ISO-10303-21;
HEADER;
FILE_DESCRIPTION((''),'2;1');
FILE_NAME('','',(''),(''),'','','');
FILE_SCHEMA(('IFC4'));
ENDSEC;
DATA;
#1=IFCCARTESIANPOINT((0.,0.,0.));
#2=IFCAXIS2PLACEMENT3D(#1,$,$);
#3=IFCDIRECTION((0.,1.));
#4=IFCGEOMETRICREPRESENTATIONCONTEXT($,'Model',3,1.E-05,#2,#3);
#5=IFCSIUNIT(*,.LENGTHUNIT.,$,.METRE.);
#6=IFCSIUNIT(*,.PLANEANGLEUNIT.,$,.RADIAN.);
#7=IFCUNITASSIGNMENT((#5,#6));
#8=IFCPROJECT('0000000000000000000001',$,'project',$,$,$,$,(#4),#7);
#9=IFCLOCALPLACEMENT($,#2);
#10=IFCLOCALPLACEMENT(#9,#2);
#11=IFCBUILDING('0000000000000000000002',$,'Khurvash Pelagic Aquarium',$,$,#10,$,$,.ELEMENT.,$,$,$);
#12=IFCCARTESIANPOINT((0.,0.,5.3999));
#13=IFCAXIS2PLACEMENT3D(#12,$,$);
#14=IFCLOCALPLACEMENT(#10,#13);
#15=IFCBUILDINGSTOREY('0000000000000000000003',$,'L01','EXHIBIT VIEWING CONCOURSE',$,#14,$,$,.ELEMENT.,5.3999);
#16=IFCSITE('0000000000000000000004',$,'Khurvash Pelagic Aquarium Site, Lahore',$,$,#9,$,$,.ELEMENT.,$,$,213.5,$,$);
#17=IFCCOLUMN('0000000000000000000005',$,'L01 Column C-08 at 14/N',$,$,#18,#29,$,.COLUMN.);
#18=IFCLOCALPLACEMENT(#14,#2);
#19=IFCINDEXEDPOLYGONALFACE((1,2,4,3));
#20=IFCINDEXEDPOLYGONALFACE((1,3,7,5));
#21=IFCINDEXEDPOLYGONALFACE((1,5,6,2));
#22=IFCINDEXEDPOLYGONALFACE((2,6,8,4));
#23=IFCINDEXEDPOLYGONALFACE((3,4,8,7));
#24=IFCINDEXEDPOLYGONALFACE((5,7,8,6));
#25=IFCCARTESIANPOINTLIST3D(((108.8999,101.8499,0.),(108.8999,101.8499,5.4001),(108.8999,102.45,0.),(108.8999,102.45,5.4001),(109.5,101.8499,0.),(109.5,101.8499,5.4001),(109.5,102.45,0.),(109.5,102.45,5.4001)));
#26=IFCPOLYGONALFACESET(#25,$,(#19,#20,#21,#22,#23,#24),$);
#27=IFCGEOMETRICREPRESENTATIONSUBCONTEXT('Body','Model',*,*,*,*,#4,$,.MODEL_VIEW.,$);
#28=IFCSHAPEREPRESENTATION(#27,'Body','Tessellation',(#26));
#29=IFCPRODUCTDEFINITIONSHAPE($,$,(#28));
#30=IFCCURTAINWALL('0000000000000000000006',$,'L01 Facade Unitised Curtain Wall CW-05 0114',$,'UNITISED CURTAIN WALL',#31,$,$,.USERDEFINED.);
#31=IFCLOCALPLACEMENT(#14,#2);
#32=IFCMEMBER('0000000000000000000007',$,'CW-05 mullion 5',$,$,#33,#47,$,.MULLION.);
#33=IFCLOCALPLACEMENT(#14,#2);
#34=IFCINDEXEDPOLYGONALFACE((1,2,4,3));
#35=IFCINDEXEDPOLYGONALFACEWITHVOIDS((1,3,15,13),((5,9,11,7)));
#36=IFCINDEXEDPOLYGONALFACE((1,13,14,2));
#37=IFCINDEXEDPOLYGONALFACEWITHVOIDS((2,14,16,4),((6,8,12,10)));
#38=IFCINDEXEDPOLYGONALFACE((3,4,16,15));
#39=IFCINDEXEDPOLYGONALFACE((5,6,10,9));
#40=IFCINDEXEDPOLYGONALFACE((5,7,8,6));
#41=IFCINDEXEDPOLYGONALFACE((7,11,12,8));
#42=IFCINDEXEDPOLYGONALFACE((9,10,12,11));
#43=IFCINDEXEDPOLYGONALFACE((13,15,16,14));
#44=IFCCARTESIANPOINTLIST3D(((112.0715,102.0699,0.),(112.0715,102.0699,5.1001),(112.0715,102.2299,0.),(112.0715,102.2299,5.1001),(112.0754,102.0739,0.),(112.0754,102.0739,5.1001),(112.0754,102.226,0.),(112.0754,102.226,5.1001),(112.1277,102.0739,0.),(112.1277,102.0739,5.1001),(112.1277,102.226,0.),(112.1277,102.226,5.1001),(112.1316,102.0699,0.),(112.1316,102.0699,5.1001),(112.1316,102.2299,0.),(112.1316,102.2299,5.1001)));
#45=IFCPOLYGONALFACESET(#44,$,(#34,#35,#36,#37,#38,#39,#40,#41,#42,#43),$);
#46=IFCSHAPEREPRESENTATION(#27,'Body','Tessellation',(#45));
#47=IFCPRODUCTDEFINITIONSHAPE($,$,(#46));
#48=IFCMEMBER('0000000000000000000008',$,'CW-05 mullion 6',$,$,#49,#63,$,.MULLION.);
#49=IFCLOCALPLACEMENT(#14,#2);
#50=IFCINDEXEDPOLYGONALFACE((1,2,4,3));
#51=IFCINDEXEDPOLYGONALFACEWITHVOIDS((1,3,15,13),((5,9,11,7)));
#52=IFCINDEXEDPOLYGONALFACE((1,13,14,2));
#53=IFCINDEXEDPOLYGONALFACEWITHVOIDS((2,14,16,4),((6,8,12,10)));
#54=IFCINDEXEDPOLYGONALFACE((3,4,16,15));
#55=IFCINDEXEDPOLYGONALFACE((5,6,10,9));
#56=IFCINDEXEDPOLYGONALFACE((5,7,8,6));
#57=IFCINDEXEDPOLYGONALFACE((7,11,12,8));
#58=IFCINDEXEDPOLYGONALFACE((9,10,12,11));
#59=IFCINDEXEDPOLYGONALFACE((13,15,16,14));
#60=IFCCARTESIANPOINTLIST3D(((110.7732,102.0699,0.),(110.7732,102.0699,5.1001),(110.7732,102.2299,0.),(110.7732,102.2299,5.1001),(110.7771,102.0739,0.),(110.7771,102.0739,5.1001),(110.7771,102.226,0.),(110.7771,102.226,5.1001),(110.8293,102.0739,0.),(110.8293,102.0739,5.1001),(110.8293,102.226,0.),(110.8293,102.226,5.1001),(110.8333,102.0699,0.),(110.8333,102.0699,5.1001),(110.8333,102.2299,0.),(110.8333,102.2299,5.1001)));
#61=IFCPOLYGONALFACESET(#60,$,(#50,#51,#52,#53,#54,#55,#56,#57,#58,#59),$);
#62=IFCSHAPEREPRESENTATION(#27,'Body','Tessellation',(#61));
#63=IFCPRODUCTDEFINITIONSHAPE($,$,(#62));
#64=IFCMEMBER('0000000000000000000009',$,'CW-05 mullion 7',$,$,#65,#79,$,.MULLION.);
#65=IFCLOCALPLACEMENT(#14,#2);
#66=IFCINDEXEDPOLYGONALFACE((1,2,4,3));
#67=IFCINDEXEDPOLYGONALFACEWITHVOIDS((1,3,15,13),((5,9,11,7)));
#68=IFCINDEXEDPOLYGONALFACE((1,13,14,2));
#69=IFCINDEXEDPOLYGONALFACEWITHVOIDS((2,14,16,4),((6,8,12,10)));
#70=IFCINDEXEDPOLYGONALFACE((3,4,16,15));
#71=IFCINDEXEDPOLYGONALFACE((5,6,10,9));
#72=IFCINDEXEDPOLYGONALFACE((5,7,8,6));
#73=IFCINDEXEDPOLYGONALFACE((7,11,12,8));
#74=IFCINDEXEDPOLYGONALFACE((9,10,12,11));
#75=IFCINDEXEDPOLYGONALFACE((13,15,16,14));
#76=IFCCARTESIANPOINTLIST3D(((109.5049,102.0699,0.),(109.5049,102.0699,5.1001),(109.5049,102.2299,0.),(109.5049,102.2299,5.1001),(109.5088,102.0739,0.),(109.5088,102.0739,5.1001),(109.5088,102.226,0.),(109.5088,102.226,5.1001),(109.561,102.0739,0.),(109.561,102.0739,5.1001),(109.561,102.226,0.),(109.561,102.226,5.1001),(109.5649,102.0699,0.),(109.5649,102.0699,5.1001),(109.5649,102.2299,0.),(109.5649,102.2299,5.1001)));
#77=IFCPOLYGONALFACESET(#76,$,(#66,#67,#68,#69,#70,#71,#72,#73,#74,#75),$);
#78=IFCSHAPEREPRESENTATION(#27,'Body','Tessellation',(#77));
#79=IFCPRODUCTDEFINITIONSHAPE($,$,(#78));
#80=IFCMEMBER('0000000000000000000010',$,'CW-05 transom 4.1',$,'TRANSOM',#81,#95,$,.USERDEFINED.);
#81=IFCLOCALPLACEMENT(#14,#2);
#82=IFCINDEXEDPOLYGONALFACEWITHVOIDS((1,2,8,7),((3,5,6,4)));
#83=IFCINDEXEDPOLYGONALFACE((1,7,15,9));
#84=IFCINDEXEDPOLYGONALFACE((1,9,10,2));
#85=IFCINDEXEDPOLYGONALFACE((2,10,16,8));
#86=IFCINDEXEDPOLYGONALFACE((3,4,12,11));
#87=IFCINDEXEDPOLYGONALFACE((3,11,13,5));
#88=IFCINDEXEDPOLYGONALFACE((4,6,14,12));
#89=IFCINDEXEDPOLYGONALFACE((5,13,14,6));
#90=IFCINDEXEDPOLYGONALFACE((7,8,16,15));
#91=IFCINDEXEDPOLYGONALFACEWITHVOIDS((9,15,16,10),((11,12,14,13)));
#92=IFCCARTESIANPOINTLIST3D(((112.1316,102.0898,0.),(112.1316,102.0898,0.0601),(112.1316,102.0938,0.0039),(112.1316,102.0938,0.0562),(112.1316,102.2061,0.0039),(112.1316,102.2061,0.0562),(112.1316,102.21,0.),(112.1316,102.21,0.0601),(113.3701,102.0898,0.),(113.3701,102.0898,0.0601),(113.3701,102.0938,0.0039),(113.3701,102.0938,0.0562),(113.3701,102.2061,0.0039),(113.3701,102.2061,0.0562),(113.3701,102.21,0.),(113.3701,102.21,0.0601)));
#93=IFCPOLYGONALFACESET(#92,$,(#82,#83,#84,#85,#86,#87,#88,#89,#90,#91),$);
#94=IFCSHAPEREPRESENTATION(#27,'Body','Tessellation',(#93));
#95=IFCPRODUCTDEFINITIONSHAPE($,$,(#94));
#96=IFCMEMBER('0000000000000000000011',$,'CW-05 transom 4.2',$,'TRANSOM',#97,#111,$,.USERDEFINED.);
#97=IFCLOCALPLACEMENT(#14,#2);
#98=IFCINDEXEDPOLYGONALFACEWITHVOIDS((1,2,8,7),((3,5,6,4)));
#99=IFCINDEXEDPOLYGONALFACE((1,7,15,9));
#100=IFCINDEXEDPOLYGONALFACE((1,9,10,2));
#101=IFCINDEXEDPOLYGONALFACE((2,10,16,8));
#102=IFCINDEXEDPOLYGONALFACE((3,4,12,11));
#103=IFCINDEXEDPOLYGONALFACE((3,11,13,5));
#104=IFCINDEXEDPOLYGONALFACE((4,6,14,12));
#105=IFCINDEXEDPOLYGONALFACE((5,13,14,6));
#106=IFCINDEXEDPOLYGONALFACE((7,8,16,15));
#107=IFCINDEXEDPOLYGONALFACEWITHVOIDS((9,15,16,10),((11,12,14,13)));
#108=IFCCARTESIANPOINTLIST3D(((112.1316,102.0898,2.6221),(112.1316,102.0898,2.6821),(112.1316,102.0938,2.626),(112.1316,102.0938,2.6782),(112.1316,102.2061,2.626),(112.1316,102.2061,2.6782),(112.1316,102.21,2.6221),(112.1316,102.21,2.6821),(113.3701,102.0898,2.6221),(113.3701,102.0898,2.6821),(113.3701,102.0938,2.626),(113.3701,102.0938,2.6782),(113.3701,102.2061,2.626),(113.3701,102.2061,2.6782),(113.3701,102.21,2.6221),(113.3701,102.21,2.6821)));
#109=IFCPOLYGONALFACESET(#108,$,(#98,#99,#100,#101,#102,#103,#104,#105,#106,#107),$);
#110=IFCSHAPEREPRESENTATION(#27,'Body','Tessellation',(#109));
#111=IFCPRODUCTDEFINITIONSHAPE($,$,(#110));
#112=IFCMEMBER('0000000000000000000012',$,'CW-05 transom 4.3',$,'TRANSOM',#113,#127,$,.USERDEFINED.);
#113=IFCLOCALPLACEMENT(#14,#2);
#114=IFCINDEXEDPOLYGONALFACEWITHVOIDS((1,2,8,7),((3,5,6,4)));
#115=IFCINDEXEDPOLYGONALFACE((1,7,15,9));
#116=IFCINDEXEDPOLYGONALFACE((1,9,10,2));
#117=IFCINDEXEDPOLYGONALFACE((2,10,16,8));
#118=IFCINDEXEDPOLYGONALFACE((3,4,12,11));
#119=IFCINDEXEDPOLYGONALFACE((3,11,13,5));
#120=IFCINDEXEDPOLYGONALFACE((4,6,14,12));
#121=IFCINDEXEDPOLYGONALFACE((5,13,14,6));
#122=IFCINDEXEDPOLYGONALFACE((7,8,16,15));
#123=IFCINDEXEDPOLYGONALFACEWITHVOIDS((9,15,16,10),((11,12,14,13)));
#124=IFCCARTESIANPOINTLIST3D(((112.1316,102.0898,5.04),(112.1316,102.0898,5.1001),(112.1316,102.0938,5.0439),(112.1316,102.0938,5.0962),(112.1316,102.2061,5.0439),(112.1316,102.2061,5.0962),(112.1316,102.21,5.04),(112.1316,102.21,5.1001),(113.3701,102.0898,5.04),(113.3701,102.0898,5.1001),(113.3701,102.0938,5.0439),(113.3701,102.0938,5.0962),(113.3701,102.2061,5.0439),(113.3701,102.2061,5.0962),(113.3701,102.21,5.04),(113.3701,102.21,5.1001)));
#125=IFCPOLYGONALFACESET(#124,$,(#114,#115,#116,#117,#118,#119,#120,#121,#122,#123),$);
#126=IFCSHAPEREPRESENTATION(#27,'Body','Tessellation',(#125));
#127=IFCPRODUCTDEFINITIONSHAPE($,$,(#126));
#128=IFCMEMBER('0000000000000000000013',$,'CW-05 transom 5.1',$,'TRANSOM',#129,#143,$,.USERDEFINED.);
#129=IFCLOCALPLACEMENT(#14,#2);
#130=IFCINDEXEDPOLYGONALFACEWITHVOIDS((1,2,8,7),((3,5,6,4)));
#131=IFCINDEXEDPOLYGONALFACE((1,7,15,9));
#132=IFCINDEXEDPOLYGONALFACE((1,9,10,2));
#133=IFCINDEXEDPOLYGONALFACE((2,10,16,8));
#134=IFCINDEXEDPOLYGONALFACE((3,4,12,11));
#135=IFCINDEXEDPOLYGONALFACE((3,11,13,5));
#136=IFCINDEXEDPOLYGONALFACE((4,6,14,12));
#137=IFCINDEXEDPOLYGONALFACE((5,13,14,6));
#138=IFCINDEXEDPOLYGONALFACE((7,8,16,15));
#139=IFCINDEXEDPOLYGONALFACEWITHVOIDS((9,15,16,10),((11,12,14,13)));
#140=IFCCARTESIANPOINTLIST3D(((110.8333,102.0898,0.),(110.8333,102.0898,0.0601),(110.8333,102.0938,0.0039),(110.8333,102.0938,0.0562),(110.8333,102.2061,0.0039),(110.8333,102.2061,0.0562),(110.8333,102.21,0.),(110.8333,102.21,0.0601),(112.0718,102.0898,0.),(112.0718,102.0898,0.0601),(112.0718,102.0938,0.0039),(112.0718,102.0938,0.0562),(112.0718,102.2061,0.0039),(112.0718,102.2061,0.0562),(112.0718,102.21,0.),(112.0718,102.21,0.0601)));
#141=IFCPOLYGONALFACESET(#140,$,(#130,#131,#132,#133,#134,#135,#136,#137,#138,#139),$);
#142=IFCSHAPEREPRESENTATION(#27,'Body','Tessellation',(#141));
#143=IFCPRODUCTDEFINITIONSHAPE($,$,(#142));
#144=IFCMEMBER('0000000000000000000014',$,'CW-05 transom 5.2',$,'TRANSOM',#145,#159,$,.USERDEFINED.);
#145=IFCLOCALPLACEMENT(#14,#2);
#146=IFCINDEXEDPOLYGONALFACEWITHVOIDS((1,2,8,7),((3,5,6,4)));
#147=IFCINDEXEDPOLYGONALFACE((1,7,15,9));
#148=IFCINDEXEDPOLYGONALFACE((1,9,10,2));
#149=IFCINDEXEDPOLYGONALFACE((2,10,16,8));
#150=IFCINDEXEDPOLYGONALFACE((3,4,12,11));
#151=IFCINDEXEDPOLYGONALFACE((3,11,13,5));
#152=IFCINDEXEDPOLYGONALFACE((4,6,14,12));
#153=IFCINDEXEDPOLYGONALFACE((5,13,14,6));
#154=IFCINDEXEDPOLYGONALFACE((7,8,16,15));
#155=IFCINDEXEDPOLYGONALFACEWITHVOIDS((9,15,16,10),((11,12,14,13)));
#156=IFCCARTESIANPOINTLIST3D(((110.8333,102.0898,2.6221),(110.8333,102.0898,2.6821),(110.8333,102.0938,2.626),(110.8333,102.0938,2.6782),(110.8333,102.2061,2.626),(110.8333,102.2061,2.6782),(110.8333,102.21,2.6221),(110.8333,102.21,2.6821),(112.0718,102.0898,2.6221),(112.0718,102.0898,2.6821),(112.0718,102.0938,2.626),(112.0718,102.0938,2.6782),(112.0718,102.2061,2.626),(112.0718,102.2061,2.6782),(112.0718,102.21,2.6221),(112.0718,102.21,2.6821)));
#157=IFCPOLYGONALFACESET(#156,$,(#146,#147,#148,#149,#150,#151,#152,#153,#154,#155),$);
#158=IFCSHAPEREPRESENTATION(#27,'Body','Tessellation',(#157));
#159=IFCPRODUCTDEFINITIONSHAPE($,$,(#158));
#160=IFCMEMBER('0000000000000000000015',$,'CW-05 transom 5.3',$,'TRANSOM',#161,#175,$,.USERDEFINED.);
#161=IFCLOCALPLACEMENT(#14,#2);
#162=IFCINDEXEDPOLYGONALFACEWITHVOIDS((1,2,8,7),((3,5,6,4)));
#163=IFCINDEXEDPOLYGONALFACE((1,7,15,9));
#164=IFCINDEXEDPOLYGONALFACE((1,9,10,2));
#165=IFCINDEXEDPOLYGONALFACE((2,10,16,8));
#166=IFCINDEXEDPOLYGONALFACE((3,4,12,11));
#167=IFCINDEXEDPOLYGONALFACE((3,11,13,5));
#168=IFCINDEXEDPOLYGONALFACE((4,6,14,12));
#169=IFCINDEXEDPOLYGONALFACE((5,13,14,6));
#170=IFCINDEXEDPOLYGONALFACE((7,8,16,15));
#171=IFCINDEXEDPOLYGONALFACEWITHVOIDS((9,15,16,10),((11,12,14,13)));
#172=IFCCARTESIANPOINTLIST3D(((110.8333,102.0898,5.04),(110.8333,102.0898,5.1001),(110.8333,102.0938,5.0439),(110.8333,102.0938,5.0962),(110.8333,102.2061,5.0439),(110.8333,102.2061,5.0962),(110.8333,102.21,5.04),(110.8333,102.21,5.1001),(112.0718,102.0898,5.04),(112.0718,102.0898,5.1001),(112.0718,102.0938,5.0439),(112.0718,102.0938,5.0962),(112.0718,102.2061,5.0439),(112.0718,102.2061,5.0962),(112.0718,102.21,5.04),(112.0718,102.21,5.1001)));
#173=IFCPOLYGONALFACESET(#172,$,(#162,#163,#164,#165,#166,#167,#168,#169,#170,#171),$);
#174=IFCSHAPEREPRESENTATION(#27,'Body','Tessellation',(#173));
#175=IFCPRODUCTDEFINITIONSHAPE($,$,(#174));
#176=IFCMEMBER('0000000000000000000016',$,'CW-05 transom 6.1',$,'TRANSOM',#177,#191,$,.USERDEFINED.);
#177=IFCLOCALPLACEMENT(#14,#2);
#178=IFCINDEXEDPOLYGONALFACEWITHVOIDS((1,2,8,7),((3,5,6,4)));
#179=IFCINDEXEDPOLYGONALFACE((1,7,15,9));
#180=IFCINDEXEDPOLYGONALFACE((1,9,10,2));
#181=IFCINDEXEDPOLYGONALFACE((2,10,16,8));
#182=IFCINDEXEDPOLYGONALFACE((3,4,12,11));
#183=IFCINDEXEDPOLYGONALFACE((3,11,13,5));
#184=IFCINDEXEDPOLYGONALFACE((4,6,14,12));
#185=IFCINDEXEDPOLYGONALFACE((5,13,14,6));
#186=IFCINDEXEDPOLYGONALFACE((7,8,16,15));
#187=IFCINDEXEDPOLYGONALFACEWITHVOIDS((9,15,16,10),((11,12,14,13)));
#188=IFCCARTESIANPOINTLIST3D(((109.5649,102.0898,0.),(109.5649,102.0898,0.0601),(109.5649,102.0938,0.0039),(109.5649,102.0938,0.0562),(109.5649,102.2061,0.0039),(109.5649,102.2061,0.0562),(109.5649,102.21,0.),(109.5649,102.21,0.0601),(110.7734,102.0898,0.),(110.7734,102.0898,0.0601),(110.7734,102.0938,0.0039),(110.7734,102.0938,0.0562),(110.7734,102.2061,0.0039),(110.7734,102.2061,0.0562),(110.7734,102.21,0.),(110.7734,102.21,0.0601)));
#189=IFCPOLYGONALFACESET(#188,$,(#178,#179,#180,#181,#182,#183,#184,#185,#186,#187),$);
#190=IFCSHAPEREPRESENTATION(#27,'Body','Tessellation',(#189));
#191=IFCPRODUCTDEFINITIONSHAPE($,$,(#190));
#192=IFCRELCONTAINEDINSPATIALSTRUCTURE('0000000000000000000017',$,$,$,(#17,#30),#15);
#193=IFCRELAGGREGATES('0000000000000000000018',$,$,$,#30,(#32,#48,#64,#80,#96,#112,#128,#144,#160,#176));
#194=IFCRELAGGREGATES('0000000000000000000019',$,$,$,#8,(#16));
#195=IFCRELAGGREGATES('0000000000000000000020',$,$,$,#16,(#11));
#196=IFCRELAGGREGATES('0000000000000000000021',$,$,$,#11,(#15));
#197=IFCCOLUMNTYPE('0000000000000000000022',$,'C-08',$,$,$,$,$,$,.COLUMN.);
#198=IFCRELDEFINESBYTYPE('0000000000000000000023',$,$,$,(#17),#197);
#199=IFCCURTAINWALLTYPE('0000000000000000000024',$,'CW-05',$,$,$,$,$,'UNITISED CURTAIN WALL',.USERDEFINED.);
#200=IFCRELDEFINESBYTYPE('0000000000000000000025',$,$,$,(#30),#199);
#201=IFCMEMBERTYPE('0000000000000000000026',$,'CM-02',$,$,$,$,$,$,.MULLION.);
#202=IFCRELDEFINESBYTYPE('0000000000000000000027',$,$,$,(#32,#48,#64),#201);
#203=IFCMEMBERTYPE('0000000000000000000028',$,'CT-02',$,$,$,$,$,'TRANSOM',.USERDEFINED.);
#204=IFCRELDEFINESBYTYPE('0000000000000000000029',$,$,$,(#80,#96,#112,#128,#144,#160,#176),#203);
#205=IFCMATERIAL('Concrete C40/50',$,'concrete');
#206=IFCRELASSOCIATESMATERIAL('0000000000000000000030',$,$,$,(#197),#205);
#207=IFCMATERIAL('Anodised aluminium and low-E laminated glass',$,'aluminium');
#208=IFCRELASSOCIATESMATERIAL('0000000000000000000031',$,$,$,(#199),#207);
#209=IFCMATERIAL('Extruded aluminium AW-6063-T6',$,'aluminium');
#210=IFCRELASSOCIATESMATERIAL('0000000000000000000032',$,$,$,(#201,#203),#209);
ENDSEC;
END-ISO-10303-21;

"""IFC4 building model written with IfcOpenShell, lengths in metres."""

from ifc_helpers import new_model, si_unit, direction, frame, origin, origin_2d, place, context, subcontext, project, spatial, rectangle, hollow_rectangle, extrude, material, material_profile, profile_set, type_object, element, aggregate, save


model = new_model("IFC4")

# Units and contexts
model_context = context("Model", 3, precision=1e-05, world=origin(), true_north=direction((0.0, 1.0)))
body_context = subcontext(model_context, "Body", "Model", "MODEL_VIEW")
ifc_project = project(units=[si_unit("LENGTHUNIT", "METRE"), si_unit("PLANEANGLEUNIT", "RADIAN")], contexts=[model_context])

# Site, building, storey
site_placement = place(None, origin())
site = spatial("IfcSite", under=ifc_project, at=site_placement, Name="Khurvash Pelagic Aquarium Site, Lahore", CompositionType="ELEMENT", RefElevation=213.5)
building_placement = place(site_placement, origin())
building = spatial("IfcBuilding", under=site, at=building_placement, Name="Khurvash Pelagic Aquarium", CompositionType="ELEMENT")
storey_placement = place(building_placement, frame((0.0, 0.0, 5.3999)))
storey = spatial("IfcBuildingStorey", under=building, at=storey_placement, Name="L01", Description="EXHIBIT VIEWING CONCOURSE", CompositionType="ELEMENT", Elevation=5.3999)

# Column
ifc_material_1 = material(Name="Concrete C40/50", Category="concrete")
ifc_material_profile_1 = material_profile(ifc_material_1, rectangle(XDim=0.6001, YDim=0.6001, at=origin_2d()), Name="RC600X600")
ifc_profile_set_1 = profile_set([ifc_material_profile_1], Name="Concrete C40/50")
column_type = type_object("IfcColumnType", Name="C-08", PredefinedType="COLUMN", material=ifc_profile_set_1)
column_placement = place(storey_placement, frame((109.2, 102.1499, 0.0), z_axis=(0.0, 0.0, 1.0), x_axis=(1.0, 0.0, 0.0)))
element("IfcColumn", 1, at=column_placement, inside=storey, type_object=column_type, Name="L01 Column C-08 at 14/N", PredefinedType="COLUMN", context=body_context, shape_type="SweptSolid", body=[
    extrude(rectangle(XDim=0.6001, YDim=0.6001, at=origin_2d()), origin(), (0.0, 0.0, 1.0), 5.4001),
])

# Curtain wall, members
ifc_material_2 = material(Name="Anodised aluminium and low-E laminated glass", Category="aluminium")
curtain_wall_type = type_object("IfcCurtainWallType", Name="CW-05", ElementType="UNITISED CURTAIN WALL", PredefinedType="USERDEFINED", material=ifc_material_2)
curtain_wall_placement = place(storey_placement, origin())
curtain_wall = element("IfcCurtainWall", 2, at=curtain_wall_placement, inside=storey, type_object=curtain_wall_type, Name="L01 Facade Unitised Curtain Wall CW-05 0114", ObjectType="UNITISED CURTAIN WALL", PredefinedType="USERDEFINED")
ifc_material_3 = material(Name="Extruded aluminium AW-6063-T6", Category="aluminium")
ifc_material_profile_2 = material_profile(ifc_material_3, hollow_rectangle(XDim=0.0601, YDim=0.1599, WallThickness=0.0039, at=origin_2d()), Name="CWM60X160X4")
ifc_profile_set_2 = profile_set([ifc_material_profile_2], Name="Extruded aluminium AW-6063-T6")
member_type_1 = type_object("IfcMemberType", Name="CM-02", PredefinedType="MULLION", material=ifc_profile_set_2)
member_1_placement = place(storey_placement, frame((112.1016, 102.1499, 0.0), z_axis=(0.0, 0.0, 1.0), x_axis=(-1.0, 0.0, 0.0)))
member_1 = element("IfcMember", 3, at=member_1_placement, type_object=member_type_1, Name="CW-05 mullion 5", PredefinedType="MULLION", context=body_context, shape_type="SweptSolid", body=[
    extrude(hollow_rectangle(XDim=0.0601, YDim=0.1599, WallThickness=0.0039, at=origin_2d()), origin(), (0.0, 0.0, 1.0), 5.1001),
])
member_2_placement = place(storey_placement, frame((110.8032, 102.1499, 0.0), z_axis=(0.0, 0.0, 1.0), x_axis=(-1.0, 0.0, 0.0)))
member_2 = element("IfcMember", 4, at=member_2_placement, type_object=member_type_1, Name="CW-05 mullion 6", PredefinedType="MULLION", context=body_context, shape_type="SweptSolid", body=[
    extrude(hollow_rectangle(XDim=0.0601, YDim=0.1599, WallThickness=0.0039, at=origin_2d()), origin(), (0.0, 0.0, 1.0), 5.1001),
])
member_3_placement = place(storey_placement, frame((109.5349, 102.1499, 0.0), z_axis=(0.0, 0.0, 1.0), x_axis=(-1.0, 0.0, 0.0)))
member_3 = element("IfcMember", 5, at=member_3_placement, type_object=member_type_1, Name="CW-05 mullion 7", PredefinedType="MULLION", context=body_context, shape_type="SweptSolid", body=[
    extrude(hollow_rectangle(XDim=0.0601, YDim=0.1599, WallThickness=0.0039, at=origin_2d()), origin(), (0.0, 0.0, 1.0), 5.1001),
])
ifc_material_profile_3 = material_profile(ifc_material_3, hollow_rectangle(XDim=0.1201, YDim=0.0601, WallThickness=0.0039, at=origin_2d()), Name="CWT120X60X4")
ifc_profile_set_3 = profile_set([ifc_material_profile_3], Name="Extruded aluminium AW-6063-T6")
member_type_2 = type_object("IfcMemberType", Name="CT-02", ElementType="TRANSOM", PredefinedType="USERDEFINED", material=ifc_profile_set_3)
member_4_placement = place(storey_placement, frame((113.3701, 102.1499, 0.03), z_axis=(-1.0, 0.0, 0.0), x_axis=(0.0, -1.0, 0.0)))
member_4 = element("IfcMember", 6, at=member_4_placement, type_object=member_type_2, Name="CW-05 transom 4.1", ObjectType="TRANSOM", PredefinedType="USERDEFINED", context=body_context, shape_type="SweptSolid", body=[
    extrude(hollow_rectangle(XDim=0.1201, YDim=0.0601, WallThickness=0.0039, at=origin_2d()), origin(), (0.0, 0.0, 1.0), 1.2385),
])
member_5_placement = place(storey_placement, frame((113.3701, 102.1499, 2.6521), z_axis=(-1.0, 0.0, 0.0), x_axis=(0.0, -1.0, 0.0)))
member_5 = element("IfcMember", 7, at=member_5_placement, type_object=member_type_2, Name="CW-05 transom 4.2", ObjectType="TRANSOM", PredefinedType="USERDEFINED", context=body_context, shape_type="SweptSolid", body=[
    extrude(hollow_rectangle(XDim=0.1201, YDim=0.0601, WallThickness=0.0039, at=origin_2d()), origin(), (0.0, 0.0, 1.0), 1.2385),
])
member_6_placement = place(storey_placement, frame((113.3701, 102.1499, 5.0701), z_axis=(-1.0, 0.0, 0.0), x_axis=(0.0, -1.0, 0.0)))
member_6 = element("IfcMember", 8, at=member_6_placement, type_object=member_type_2, Name="CW-05 transom 4.3", ObjectType="TRANSOM", PredefinedType="USERDEFINED", context=body_context, shape_type="SweptSolid", body=[
    extrude(hollow_rectangle(XDim=0.1201, YDim=0.0601, WallThickness=0.0039, at=origin_2d()), origin(), (0.0, 0.0, 1.0), 1.2385),
])
member_7_placement = place(storey_placement, frame((112.0718, 102.1499, 0.03), z_axis=(-1.0, 0.0, 0.0), x_axis=(0.0, -1.0, 0.0)))
member_7 = element("IfcMember", 9, at=member_7_placement, type_object=member_type_2, Name="CW-05 transom 5.1", ObjectType="TRANSOM", PredefinedType="USERDEFINED", context=body_context, shape_type="SweptSolid", body=[
    extrude(hollow_rectangle(XDim=0.1201, YDim=0.0601, WallThickness=0.0039, at=origin_2d()), origin(), (0.0, 0.0, 1.0), 1.2385),
])
member_8_placement = place(storey_placement, frame((112.0718, 102.1499, 2.6521), z_axis=(-1.0, 0.0, 0.0), x_axis=(0.0, -1.0, 0.0)))
member_8 = element("IfcMember", 10, at=member_8_placement, type_object=member_type_2, Name="CW-05 transom 5.2", ObjectType="TRANSOM", PredefinedType="USERDEFINED", context=body_context, shape_type="SweptSolid", body=[
    extrude(hollow_rectangle(XDim=0.1201, YDim=0.0601, WallThickness=0.0039, at=origin_2d()), origin(), (0.0, 0.0, 1.0), 1.2385),
])
member_9_placement = place(storey_placement, frame((112.0718, 102.1499, 5.0701), z_axis=(-1.0, 0.0, 0.0), x_axis=(0.0, -1.0, 0.0)))
member_9 = element("IfcMember", 11, at=member_9_placement, type_object=member_type_2, Name="CW-05 transom 5.3", ObjectType="TRANSOM", PredefinedType="USERDEFINED", context=body_context, shape_type="SweptSolid", body=[
    extrude(hollow_rectangle(XDim=0.1201, YDim=0.0601, WallThickness=0.0039, at=origin_2d()), origin(), (0.0, 0.0, 1.0), 1.2385),
])
member_10_placement = place(storey_placement, frame((110.7734, 102.1499, 0.03), z_axis=(-1.0, 0.0, 0.0), x_axis=(0.0, -1.0, 0.0)))
member_10 = element("IfcMember", 12, at=member_10_placement, type_object=member_type_2, Name="CW-05 transom 6.1", ObjectType="TRANSOM", PredefinedType="USERDEFINED", context=body_context, shape_type="SweptSolid", body=[
    extrude(hollow_rectangle(XDim=0.1201, YDim=0.0601, WallThickness=0.0039, at=origin_2d()), origin(), (0.0, 0.0, 1.0), 1.2085),
])

aggregate(curtain_wall, [member_1, member_2, member_3, member_4, member_5, member_6, member_7, member_8, member_9, member_10])

save(model, "model.ifc")
